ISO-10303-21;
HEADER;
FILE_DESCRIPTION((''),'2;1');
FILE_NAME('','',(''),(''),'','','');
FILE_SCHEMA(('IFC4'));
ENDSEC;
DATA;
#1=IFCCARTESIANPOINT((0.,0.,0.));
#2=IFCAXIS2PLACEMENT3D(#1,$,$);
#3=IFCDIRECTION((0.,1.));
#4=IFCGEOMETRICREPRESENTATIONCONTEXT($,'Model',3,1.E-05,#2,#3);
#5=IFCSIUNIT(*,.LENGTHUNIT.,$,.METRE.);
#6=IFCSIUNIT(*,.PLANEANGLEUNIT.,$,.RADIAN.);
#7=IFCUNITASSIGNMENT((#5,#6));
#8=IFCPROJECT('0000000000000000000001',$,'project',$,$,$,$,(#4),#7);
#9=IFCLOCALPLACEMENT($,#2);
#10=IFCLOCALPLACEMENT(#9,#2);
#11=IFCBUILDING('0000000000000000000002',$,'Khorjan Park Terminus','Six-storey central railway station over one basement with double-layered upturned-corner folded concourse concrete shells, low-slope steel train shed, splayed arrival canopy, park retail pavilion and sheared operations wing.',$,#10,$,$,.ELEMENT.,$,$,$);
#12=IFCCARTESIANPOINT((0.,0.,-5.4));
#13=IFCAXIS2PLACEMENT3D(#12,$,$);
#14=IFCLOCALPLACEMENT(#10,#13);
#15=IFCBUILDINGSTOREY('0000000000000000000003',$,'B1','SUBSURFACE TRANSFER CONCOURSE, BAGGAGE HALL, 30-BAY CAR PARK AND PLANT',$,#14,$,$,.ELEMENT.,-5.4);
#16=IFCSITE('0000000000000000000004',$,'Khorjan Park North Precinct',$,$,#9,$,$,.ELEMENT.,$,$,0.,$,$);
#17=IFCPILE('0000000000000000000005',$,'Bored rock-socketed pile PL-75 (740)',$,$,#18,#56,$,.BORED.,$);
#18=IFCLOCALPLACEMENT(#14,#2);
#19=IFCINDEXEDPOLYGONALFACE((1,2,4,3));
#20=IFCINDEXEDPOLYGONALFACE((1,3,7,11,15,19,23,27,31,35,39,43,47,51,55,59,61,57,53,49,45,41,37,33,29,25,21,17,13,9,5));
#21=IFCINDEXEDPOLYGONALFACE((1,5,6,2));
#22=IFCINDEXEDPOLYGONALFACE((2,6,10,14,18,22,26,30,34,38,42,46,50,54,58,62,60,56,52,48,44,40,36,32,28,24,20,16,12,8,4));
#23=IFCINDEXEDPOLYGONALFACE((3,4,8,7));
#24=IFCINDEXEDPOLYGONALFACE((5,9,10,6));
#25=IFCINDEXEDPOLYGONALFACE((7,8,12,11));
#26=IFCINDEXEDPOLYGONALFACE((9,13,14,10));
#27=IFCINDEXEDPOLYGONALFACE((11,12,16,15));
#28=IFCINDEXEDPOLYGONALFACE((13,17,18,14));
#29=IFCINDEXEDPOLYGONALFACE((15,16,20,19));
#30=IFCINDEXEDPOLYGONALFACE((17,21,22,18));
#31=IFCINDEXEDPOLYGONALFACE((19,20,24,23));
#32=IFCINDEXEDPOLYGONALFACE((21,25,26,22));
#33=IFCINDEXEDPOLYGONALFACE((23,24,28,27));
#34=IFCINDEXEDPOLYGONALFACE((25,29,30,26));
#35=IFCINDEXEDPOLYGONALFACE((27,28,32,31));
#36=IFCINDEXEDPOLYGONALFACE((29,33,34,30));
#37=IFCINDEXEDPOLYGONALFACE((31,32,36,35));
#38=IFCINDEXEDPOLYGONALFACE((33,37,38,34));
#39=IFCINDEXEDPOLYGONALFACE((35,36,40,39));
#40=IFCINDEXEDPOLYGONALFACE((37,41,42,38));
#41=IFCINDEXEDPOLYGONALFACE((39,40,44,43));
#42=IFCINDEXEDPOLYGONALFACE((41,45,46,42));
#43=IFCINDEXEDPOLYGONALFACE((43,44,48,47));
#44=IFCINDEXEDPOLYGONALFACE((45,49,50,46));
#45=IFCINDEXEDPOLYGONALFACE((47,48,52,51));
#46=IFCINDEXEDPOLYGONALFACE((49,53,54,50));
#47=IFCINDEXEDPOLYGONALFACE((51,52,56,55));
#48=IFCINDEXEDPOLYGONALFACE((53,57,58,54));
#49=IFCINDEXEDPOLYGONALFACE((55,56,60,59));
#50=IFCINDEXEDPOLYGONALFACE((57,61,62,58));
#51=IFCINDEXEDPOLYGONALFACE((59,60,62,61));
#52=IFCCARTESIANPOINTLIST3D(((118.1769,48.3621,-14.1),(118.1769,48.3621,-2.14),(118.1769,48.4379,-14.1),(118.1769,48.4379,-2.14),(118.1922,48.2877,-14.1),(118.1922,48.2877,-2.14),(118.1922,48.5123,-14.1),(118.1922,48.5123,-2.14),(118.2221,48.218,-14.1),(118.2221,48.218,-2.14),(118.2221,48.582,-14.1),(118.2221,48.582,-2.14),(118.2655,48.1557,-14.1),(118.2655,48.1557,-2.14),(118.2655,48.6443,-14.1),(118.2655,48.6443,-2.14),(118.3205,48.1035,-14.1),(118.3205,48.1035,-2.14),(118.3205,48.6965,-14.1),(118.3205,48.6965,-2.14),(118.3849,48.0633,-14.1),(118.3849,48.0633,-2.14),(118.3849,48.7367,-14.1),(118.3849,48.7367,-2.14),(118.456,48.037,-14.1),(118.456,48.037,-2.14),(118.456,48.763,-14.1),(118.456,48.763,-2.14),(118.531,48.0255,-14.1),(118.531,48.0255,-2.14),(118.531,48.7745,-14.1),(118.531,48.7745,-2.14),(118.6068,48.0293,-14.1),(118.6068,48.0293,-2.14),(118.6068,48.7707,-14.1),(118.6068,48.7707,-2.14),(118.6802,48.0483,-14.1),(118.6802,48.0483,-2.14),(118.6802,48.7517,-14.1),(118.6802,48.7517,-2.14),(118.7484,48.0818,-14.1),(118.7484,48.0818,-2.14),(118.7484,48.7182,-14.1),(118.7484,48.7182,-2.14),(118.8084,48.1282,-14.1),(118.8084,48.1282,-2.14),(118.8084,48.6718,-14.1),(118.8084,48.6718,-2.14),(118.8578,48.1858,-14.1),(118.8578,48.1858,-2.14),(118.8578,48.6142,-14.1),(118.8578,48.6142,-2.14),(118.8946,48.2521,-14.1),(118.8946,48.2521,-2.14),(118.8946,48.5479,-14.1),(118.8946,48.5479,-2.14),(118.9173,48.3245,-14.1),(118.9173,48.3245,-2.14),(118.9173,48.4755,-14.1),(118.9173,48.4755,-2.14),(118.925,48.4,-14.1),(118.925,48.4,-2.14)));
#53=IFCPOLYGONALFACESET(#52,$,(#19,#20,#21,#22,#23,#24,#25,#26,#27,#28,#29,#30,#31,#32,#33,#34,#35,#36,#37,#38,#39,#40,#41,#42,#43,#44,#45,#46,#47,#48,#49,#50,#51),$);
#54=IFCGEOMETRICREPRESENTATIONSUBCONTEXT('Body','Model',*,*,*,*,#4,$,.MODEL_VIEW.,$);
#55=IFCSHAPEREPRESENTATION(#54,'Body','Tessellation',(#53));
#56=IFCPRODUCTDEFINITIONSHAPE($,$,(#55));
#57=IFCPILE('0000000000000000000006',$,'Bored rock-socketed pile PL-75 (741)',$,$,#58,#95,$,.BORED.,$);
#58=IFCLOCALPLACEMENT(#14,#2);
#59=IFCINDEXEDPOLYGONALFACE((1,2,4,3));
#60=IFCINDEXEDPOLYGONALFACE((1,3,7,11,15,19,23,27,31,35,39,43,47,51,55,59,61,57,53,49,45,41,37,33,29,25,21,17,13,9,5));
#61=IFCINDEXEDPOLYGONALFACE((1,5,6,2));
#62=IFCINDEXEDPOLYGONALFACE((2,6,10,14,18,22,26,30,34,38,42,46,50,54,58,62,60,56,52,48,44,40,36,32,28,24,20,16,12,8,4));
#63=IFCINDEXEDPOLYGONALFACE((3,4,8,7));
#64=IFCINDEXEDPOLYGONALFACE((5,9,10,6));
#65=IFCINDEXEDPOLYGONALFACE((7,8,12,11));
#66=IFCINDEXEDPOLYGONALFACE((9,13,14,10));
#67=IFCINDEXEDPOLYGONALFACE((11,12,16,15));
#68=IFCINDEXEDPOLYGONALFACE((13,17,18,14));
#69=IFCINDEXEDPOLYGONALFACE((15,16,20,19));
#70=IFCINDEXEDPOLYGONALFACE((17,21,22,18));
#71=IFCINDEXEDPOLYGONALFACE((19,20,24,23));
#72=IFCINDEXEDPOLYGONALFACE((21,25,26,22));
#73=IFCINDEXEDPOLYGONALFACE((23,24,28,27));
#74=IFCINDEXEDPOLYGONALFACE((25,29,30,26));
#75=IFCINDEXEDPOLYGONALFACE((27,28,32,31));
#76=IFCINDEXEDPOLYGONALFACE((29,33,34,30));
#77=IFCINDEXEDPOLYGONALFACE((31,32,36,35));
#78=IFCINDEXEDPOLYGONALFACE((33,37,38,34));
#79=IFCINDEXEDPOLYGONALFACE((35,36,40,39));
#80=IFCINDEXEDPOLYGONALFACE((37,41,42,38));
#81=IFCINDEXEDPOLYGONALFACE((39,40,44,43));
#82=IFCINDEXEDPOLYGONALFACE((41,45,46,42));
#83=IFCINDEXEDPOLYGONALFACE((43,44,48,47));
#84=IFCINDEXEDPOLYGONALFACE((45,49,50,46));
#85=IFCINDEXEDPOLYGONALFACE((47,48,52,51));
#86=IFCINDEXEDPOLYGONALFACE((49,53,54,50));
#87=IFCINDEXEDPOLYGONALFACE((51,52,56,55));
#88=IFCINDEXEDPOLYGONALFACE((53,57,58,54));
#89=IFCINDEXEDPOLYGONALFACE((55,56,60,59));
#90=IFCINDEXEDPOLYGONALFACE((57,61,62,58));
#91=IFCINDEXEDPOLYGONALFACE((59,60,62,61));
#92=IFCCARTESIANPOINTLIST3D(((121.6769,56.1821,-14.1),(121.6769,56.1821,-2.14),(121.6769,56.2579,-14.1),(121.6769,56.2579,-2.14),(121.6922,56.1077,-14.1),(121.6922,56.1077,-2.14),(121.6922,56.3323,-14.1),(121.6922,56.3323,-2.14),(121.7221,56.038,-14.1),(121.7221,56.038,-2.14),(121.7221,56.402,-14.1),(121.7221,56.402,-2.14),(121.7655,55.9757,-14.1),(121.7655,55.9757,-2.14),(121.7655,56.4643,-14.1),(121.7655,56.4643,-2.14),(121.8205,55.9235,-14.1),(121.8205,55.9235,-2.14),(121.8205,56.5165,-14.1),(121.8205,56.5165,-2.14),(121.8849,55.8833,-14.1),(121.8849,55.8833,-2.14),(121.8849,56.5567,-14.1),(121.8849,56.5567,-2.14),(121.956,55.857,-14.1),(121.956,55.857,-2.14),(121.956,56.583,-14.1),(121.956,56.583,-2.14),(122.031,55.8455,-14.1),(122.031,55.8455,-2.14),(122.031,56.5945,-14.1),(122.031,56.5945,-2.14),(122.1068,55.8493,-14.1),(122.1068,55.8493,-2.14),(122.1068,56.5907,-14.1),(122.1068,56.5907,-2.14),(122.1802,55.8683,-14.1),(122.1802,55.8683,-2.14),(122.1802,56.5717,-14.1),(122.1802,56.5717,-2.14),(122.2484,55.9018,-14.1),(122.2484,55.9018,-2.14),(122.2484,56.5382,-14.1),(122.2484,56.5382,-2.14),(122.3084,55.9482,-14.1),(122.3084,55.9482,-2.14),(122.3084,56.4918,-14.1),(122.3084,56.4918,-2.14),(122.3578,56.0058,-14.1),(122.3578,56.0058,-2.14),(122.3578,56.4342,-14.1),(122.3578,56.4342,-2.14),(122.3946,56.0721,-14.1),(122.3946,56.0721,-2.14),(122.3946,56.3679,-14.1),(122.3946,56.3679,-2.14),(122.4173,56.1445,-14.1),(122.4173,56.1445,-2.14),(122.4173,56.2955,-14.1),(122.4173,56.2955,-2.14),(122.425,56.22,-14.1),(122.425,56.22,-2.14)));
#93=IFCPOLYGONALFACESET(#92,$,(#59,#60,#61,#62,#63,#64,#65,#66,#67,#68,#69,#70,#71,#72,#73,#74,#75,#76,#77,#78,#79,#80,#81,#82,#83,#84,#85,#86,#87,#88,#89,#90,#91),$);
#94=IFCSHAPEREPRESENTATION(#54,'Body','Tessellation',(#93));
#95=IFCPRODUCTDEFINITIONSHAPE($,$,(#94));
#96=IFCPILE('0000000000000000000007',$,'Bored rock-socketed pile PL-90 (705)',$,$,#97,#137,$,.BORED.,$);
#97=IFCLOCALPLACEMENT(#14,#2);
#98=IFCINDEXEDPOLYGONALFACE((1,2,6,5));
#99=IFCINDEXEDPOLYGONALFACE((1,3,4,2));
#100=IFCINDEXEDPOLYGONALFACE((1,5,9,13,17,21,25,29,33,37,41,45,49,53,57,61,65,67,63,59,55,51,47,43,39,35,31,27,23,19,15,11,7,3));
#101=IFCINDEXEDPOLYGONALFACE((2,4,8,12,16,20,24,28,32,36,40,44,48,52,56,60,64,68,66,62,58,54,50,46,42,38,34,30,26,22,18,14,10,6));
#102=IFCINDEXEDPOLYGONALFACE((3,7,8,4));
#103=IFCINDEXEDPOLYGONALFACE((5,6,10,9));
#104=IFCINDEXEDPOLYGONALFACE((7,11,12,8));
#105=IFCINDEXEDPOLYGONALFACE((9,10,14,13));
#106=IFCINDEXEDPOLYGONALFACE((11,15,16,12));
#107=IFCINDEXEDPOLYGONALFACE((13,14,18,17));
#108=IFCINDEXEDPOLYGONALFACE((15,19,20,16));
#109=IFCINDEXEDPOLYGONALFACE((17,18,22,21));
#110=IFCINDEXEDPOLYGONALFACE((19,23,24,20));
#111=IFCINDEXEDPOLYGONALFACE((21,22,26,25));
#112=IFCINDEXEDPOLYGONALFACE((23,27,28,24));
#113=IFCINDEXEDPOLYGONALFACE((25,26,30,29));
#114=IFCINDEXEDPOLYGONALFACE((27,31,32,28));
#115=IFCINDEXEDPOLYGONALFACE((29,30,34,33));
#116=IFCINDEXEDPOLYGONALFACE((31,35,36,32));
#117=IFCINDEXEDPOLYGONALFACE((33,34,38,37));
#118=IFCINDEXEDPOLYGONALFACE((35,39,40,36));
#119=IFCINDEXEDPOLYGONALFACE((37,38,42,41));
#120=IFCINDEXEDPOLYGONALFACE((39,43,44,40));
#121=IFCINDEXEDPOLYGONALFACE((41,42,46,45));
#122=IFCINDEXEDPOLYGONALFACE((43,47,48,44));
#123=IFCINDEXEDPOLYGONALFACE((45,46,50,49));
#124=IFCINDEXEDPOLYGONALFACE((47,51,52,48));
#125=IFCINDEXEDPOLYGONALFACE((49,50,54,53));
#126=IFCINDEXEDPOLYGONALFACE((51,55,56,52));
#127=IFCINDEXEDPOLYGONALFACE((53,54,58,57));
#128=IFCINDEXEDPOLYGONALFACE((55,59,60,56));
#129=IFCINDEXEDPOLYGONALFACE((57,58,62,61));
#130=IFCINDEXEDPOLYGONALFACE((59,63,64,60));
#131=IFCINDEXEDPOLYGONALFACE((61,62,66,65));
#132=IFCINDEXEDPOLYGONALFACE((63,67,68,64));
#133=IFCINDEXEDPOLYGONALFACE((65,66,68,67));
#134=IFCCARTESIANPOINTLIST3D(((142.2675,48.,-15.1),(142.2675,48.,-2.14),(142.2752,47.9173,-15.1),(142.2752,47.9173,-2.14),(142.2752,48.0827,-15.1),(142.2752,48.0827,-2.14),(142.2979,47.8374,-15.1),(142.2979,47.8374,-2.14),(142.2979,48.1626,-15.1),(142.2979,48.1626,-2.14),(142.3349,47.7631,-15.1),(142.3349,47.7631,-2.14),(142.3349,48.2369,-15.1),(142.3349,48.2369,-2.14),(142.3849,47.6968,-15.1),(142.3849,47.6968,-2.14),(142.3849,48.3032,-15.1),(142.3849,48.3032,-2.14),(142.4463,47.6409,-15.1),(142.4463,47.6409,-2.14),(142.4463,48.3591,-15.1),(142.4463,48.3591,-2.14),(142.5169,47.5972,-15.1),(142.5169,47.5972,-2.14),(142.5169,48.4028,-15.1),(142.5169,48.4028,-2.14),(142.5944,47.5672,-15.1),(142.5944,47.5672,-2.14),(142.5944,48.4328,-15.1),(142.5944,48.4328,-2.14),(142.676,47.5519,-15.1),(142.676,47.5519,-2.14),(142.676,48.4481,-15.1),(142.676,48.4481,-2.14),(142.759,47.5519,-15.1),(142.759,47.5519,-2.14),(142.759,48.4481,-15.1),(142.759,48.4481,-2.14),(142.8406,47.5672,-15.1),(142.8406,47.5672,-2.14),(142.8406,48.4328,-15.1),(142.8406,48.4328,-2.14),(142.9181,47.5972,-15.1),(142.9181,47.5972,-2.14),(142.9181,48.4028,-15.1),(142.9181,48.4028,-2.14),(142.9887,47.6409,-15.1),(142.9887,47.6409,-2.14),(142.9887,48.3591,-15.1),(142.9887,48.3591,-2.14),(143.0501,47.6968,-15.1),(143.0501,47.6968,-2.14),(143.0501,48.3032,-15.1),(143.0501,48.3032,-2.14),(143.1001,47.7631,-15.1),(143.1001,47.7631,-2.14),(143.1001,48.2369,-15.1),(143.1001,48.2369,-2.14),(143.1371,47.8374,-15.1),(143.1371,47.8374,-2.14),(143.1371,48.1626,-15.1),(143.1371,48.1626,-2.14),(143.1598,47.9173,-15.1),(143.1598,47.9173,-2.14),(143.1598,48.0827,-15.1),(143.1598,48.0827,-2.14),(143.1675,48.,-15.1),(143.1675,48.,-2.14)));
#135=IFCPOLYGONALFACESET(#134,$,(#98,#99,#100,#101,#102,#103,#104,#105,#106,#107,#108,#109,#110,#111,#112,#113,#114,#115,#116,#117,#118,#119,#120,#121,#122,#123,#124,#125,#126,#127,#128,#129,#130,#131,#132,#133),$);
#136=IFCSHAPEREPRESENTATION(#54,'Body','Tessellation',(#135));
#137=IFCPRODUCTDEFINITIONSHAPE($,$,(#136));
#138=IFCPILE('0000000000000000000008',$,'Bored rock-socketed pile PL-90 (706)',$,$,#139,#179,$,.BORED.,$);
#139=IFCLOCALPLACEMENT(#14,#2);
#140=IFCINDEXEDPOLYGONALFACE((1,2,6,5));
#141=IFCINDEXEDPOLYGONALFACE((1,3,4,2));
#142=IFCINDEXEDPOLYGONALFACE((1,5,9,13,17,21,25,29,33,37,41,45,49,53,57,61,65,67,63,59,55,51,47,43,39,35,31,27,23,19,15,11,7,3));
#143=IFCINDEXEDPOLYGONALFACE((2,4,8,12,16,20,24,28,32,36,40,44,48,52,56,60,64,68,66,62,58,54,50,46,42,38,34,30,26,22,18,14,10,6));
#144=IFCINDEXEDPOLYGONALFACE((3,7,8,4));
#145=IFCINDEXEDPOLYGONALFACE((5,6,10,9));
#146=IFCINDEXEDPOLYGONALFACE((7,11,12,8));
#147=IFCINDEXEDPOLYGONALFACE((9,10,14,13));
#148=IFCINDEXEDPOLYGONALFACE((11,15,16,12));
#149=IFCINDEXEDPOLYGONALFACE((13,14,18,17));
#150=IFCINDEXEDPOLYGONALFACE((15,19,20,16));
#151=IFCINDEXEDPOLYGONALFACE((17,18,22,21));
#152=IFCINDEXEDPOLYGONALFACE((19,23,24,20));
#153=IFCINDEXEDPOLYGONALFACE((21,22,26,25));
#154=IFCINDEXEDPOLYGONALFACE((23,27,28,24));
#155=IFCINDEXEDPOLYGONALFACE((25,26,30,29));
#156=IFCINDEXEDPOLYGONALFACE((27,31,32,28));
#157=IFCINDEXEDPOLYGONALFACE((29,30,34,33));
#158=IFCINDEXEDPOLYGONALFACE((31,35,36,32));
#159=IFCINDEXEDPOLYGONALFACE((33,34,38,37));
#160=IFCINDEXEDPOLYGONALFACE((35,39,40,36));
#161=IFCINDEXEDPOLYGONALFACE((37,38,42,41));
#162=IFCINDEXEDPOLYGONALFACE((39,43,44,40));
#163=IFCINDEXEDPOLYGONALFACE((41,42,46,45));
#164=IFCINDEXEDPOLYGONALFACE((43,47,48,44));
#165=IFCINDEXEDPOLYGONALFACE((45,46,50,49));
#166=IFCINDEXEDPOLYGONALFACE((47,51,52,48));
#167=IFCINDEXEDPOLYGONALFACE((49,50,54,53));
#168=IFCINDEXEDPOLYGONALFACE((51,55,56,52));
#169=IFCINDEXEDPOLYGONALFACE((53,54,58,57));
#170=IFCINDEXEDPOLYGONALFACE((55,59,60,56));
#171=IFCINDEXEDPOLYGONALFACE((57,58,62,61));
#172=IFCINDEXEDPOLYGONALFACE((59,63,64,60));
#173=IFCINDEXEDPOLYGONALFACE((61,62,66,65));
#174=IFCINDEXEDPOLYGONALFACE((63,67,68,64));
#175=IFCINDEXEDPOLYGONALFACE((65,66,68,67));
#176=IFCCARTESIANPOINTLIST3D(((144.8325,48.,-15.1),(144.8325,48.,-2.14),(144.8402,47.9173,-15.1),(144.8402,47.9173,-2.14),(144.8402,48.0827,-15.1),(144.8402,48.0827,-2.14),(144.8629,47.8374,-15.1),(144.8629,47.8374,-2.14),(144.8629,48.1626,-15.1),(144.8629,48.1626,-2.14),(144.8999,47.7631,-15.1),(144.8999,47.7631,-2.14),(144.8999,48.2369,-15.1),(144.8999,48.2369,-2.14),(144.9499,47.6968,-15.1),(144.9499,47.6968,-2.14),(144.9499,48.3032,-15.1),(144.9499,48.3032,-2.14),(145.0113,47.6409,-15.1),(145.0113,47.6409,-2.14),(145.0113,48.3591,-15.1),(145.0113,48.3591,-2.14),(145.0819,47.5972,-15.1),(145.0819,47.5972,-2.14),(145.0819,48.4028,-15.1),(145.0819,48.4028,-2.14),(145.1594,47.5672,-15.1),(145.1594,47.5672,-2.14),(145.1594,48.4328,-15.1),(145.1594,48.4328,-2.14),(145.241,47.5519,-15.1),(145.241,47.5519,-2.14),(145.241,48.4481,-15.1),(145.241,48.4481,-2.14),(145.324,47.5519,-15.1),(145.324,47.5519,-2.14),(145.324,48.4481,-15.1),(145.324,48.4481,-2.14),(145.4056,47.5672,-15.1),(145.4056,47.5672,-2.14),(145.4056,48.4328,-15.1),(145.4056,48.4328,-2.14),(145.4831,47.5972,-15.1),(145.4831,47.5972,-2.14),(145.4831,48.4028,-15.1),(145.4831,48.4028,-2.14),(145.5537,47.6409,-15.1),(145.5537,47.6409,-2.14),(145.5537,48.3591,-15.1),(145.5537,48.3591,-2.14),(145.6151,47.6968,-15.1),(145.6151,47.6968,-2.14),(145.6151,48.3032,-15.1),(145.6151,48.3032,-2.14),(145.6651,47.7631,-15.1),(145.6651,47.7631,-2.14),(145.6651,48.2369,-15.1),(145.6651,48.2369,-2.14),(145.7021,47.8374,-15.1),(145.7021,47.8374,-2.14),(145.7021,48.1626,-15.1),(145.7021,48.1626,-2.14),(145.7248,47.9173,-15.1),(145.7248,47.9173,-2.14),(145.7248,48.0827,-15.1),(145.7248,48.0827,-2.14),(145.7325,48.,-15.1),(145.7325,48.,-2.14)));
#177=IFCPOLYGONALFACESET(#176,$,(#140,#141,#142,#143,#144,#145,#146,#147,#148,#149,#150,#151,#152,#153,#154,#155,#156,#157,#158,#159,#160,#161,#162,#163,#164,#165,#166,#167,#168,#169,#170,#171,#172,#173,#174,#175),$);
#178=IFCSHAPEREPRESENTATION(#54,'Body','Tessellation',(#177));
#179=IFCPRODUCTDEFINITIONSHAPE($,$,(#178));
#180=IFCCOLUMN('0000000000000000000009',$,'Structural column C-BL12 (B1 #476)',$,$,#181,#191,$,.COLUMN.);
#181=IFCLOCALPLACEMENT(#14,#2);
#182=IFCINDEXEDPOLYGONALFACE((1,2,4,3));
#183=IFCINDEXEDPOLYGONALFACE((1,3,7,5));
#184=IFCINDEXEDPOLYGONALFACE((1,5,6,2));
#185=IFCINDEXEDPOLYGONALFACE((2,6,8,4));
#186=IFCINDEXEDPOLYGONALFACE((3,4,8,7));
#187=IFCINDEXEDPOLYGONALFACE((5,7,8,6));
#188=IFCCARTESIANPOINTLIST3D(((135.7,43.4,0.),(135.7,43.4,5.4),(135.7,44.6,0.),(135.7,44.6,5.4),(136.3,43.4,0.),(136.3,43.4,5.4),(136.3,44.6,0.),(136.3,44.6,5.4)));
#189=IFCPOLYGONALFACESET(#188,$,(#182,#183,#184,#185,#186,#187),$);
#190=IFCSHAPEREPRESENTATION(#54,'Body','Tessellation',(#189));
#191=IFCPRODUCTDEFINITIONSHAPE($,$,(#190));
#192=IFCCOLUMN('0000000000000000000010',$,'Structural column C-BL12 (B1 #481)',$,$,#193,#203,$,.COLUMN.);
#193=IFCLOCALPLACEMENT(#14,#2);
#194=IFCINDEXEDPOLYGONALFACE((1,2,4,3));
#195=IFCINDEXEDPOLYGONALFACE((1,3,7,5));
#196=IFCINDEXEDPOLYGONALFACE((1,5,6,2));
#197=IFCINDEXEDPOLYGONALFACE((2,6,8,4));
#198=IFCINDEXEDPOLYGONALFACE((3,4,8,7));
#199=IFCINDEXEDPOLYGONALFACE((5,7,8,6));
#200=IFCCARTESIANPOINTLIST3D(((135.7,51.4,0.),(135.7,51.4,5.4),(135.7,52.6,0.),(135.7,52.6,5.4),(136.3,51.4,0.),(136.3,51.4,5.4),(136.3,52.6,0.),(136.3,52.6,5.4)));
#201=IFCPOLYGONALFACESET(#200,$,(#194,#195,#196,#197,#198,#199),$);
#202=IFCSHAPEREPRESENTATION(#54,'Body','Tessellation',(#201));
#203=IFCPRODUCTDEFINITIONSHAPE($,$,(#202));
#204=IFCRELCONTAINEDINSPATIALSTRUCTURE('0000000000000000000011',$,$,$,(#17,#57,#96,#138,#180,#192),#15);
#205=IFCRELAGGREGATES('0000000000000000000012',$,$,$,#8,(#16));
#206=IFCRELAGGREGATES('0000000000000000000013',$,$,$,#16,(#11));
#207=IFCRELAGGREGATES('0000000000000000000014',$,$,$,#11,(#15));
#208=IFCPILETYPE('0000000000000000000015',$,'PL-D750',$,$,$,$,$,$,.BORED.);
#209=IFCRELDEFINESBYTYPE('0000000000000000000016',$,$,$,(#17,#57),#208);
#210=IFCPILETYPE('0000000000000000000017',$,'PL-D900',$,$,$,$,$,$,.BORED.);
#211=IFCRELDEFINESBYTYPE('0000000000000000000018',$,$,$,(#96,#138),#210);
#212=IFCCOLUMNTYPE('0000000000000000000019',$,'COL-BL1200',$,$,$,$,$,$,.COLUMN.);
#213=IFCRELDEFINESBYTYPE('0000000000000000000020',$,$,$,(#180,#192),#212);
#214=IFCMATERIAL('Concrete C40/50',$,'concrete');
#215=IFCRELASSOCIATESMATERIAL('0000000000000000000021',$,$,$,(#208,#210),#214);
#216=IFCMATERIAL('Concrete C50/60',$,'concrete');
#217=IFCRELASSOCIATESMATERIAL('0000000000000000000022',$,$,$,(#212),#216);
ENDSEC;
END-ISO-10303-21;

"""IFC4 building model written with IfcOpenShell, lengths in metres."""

from ifc_helpers import new_model, si_unit, direction, frame, origin, origin_2d, place, context, subcontext, project, spatial, rectangle, circle, extrude, material, material_profile, profile_set, type_object, element, save


model = new_model("IFC4")

# Units and contexts
model_context = context("Model", 3, precision=1e-05, world=origin(), true_north=direction((0.0, 1.0)))
body_context = subcontext(model_context, "Body", "Model", "MODEL_VIEW")
ifc_project = project(units=[si_unit("LENGTHUNIT", "METRE"), si_unit("PLANEANGLEUNIT", "RADIAN")], contexts=[model_context])

# Site, building, storey
site_placement = place(None, origin())
site = spatial("IfcSite", under=ifc_project, at=site_placement, Name="Khorjan Park North Precinct", CompositionType="ELEMENT", RefElevation=0.0)
building_placement = place(site_placement, origin())
building = spatial("IfcBuilding", under=site, at=building_placement, Name="Khorjan Park Terminus", Description="Six-storey central railway station over one basement with double-layered upturned-corner folded concourse concrete shells, low-slope steel train shed, splayed arrival canopy, park retail pavilion and sheared operations wing.", CompositionType="ELEMENT")
storey_placement = place(building_placement, frame((0.0, 0.0, -5.4)))
storey = spatial("IfcBuildingStorey", under=building, at=storey_placement, Name="B1", Description="SUBSURFACE TRANSFER CONCOURSE, BAGGAGE HALL, 30-BAY CAR PARK AND PLANT", CompositionType="ELEMENT", Elevation=-5.4)

# Piles
ifc_material_1 = material(Name="Concrete C40/50", Category="concrete")
ifc_material_profile_1 = material_profile(ifc_material_1, circle(Radius=0.375, at=origin_2d()), Name="BORED D750")
ifc_profile_set_1 = profile_set([ifc_material_profile_1], Name="Concrete C40/50")
pile_type_1 = type_object("IfcPileType", Name="PL-D750", PredefinedType="BORED", material=ifc_profile_set_1)
for number, where, z_axis, x_axis, name in (
    (1, (118.55, 48.4, -2.14), (0.0, 0.0, -1.0), (1.0, 0.0, 0.0), "Bored rock-socketed pile PL-75 (740)"),
    (2, (122.05, 56.22, -2.14), (0.0, 0.0, -1.0), (1.0, 0.0, 0.0), "Bored rock-socketed pile PL-75 (741)"),
):
    element("IfcPile", number, at=place(storey_placement, frame(where, z_axis=z_axis, x_axis=x_axis)), inside=storey, type_object=pile_type_1, Name=name, PredefinedType="BORED", context=body_context, shape_type="SweptSolid", body=[
        extrude(circle(Radius=0.375, at=origin_2d()), origin(), (0.0, 0.0, 1.0), 11.96),
    ])
ifc_material_profile_2 = material_profile(ifc_material_1, circle(Radius=0.45, at=origin_2d()), Name="BORED D900")
ifc_profile_set_2 = profile_set([ifc_material_profile_2], Name="Concrete C40/50")
pile_type_2 = type_object("IfcPileType", Name="PL-D900", PredefinedType="BORED", material=ifc_profile_set_2)
for number, where, z_axis, x_axis, name in (
    (3, (142.7175, 48.0, -2.14), (0.0, 0.0, -1.0), (1.0, 0.0, 0.0), "Bored rock-socketed pile PL-90 (705)"),
    (4, (145.2825, 48.0, -2.14), (0.0, 0.0, -1.0), (1.0, 0.0, 0.0), "Bored rock-socketed pile PL-90 (706)"),
):
    element("IfcPile", number, at=place(storey_placement, frame(where, z_axis=z_axis, x_axis=x_axis)), inside=storey, type_object=pile_type_2, Name=name, PredefinedType="BORED", context=body_context, shape_type="SweptSolid", body=[
        extrude(circle(Radius=0.45, at=origin_2d()), origin(), (0.0, 0.0, 1.0), 12.96),
    ])

# Columns
ifc_material_2 = material(Name="Concrete C50/60", Category="concrete")
ifc_material_profile_3 = material_profile(ifc_material_2, rectangle(XDim=0.6, YDim=1.2, at=origin_2d()), Name="RC 600x1200")
ifc_profile_set_3 = profile_set([ifc_material_profile_3], Name="Concrete C50/60")
column_type_1 = type_object("IfcColumnType", Name="COL-BL1200", PredefinedType="COLUMN", material=ifc_profile_set_3)
for number, where, z_axis, x_axis, name in (
    (5, (136.0, 44.0, 0.0), (0.0, 0.0, 1.0), (1.0, 0.0, 0.0), "Structural column C-BL12 (B1 #476)"),
    (6, (136.0, 52.0, 0.0), (0.0, 0.0, 1.0), (1.0, 0.0, 0.0), "Structural column C-BL12 (B1 #481)"),
):
    element("IfcColumn", number, at=place(storey_placement, frame(where, z_axis=z_axis, x_axis=x_axis)), inside=storey, type_object=column_type_1, Name=name, PredefinedType="COLUMN", context=body_context, shape_type="SweptSolid", body=[
        extrude(rectangle(XDim=0.6, YDim=1.2, at=origin_2d()), origin(), (0.0, 0.0, 1.0), 5.4),
    ])

save(model, "model.ifc")
